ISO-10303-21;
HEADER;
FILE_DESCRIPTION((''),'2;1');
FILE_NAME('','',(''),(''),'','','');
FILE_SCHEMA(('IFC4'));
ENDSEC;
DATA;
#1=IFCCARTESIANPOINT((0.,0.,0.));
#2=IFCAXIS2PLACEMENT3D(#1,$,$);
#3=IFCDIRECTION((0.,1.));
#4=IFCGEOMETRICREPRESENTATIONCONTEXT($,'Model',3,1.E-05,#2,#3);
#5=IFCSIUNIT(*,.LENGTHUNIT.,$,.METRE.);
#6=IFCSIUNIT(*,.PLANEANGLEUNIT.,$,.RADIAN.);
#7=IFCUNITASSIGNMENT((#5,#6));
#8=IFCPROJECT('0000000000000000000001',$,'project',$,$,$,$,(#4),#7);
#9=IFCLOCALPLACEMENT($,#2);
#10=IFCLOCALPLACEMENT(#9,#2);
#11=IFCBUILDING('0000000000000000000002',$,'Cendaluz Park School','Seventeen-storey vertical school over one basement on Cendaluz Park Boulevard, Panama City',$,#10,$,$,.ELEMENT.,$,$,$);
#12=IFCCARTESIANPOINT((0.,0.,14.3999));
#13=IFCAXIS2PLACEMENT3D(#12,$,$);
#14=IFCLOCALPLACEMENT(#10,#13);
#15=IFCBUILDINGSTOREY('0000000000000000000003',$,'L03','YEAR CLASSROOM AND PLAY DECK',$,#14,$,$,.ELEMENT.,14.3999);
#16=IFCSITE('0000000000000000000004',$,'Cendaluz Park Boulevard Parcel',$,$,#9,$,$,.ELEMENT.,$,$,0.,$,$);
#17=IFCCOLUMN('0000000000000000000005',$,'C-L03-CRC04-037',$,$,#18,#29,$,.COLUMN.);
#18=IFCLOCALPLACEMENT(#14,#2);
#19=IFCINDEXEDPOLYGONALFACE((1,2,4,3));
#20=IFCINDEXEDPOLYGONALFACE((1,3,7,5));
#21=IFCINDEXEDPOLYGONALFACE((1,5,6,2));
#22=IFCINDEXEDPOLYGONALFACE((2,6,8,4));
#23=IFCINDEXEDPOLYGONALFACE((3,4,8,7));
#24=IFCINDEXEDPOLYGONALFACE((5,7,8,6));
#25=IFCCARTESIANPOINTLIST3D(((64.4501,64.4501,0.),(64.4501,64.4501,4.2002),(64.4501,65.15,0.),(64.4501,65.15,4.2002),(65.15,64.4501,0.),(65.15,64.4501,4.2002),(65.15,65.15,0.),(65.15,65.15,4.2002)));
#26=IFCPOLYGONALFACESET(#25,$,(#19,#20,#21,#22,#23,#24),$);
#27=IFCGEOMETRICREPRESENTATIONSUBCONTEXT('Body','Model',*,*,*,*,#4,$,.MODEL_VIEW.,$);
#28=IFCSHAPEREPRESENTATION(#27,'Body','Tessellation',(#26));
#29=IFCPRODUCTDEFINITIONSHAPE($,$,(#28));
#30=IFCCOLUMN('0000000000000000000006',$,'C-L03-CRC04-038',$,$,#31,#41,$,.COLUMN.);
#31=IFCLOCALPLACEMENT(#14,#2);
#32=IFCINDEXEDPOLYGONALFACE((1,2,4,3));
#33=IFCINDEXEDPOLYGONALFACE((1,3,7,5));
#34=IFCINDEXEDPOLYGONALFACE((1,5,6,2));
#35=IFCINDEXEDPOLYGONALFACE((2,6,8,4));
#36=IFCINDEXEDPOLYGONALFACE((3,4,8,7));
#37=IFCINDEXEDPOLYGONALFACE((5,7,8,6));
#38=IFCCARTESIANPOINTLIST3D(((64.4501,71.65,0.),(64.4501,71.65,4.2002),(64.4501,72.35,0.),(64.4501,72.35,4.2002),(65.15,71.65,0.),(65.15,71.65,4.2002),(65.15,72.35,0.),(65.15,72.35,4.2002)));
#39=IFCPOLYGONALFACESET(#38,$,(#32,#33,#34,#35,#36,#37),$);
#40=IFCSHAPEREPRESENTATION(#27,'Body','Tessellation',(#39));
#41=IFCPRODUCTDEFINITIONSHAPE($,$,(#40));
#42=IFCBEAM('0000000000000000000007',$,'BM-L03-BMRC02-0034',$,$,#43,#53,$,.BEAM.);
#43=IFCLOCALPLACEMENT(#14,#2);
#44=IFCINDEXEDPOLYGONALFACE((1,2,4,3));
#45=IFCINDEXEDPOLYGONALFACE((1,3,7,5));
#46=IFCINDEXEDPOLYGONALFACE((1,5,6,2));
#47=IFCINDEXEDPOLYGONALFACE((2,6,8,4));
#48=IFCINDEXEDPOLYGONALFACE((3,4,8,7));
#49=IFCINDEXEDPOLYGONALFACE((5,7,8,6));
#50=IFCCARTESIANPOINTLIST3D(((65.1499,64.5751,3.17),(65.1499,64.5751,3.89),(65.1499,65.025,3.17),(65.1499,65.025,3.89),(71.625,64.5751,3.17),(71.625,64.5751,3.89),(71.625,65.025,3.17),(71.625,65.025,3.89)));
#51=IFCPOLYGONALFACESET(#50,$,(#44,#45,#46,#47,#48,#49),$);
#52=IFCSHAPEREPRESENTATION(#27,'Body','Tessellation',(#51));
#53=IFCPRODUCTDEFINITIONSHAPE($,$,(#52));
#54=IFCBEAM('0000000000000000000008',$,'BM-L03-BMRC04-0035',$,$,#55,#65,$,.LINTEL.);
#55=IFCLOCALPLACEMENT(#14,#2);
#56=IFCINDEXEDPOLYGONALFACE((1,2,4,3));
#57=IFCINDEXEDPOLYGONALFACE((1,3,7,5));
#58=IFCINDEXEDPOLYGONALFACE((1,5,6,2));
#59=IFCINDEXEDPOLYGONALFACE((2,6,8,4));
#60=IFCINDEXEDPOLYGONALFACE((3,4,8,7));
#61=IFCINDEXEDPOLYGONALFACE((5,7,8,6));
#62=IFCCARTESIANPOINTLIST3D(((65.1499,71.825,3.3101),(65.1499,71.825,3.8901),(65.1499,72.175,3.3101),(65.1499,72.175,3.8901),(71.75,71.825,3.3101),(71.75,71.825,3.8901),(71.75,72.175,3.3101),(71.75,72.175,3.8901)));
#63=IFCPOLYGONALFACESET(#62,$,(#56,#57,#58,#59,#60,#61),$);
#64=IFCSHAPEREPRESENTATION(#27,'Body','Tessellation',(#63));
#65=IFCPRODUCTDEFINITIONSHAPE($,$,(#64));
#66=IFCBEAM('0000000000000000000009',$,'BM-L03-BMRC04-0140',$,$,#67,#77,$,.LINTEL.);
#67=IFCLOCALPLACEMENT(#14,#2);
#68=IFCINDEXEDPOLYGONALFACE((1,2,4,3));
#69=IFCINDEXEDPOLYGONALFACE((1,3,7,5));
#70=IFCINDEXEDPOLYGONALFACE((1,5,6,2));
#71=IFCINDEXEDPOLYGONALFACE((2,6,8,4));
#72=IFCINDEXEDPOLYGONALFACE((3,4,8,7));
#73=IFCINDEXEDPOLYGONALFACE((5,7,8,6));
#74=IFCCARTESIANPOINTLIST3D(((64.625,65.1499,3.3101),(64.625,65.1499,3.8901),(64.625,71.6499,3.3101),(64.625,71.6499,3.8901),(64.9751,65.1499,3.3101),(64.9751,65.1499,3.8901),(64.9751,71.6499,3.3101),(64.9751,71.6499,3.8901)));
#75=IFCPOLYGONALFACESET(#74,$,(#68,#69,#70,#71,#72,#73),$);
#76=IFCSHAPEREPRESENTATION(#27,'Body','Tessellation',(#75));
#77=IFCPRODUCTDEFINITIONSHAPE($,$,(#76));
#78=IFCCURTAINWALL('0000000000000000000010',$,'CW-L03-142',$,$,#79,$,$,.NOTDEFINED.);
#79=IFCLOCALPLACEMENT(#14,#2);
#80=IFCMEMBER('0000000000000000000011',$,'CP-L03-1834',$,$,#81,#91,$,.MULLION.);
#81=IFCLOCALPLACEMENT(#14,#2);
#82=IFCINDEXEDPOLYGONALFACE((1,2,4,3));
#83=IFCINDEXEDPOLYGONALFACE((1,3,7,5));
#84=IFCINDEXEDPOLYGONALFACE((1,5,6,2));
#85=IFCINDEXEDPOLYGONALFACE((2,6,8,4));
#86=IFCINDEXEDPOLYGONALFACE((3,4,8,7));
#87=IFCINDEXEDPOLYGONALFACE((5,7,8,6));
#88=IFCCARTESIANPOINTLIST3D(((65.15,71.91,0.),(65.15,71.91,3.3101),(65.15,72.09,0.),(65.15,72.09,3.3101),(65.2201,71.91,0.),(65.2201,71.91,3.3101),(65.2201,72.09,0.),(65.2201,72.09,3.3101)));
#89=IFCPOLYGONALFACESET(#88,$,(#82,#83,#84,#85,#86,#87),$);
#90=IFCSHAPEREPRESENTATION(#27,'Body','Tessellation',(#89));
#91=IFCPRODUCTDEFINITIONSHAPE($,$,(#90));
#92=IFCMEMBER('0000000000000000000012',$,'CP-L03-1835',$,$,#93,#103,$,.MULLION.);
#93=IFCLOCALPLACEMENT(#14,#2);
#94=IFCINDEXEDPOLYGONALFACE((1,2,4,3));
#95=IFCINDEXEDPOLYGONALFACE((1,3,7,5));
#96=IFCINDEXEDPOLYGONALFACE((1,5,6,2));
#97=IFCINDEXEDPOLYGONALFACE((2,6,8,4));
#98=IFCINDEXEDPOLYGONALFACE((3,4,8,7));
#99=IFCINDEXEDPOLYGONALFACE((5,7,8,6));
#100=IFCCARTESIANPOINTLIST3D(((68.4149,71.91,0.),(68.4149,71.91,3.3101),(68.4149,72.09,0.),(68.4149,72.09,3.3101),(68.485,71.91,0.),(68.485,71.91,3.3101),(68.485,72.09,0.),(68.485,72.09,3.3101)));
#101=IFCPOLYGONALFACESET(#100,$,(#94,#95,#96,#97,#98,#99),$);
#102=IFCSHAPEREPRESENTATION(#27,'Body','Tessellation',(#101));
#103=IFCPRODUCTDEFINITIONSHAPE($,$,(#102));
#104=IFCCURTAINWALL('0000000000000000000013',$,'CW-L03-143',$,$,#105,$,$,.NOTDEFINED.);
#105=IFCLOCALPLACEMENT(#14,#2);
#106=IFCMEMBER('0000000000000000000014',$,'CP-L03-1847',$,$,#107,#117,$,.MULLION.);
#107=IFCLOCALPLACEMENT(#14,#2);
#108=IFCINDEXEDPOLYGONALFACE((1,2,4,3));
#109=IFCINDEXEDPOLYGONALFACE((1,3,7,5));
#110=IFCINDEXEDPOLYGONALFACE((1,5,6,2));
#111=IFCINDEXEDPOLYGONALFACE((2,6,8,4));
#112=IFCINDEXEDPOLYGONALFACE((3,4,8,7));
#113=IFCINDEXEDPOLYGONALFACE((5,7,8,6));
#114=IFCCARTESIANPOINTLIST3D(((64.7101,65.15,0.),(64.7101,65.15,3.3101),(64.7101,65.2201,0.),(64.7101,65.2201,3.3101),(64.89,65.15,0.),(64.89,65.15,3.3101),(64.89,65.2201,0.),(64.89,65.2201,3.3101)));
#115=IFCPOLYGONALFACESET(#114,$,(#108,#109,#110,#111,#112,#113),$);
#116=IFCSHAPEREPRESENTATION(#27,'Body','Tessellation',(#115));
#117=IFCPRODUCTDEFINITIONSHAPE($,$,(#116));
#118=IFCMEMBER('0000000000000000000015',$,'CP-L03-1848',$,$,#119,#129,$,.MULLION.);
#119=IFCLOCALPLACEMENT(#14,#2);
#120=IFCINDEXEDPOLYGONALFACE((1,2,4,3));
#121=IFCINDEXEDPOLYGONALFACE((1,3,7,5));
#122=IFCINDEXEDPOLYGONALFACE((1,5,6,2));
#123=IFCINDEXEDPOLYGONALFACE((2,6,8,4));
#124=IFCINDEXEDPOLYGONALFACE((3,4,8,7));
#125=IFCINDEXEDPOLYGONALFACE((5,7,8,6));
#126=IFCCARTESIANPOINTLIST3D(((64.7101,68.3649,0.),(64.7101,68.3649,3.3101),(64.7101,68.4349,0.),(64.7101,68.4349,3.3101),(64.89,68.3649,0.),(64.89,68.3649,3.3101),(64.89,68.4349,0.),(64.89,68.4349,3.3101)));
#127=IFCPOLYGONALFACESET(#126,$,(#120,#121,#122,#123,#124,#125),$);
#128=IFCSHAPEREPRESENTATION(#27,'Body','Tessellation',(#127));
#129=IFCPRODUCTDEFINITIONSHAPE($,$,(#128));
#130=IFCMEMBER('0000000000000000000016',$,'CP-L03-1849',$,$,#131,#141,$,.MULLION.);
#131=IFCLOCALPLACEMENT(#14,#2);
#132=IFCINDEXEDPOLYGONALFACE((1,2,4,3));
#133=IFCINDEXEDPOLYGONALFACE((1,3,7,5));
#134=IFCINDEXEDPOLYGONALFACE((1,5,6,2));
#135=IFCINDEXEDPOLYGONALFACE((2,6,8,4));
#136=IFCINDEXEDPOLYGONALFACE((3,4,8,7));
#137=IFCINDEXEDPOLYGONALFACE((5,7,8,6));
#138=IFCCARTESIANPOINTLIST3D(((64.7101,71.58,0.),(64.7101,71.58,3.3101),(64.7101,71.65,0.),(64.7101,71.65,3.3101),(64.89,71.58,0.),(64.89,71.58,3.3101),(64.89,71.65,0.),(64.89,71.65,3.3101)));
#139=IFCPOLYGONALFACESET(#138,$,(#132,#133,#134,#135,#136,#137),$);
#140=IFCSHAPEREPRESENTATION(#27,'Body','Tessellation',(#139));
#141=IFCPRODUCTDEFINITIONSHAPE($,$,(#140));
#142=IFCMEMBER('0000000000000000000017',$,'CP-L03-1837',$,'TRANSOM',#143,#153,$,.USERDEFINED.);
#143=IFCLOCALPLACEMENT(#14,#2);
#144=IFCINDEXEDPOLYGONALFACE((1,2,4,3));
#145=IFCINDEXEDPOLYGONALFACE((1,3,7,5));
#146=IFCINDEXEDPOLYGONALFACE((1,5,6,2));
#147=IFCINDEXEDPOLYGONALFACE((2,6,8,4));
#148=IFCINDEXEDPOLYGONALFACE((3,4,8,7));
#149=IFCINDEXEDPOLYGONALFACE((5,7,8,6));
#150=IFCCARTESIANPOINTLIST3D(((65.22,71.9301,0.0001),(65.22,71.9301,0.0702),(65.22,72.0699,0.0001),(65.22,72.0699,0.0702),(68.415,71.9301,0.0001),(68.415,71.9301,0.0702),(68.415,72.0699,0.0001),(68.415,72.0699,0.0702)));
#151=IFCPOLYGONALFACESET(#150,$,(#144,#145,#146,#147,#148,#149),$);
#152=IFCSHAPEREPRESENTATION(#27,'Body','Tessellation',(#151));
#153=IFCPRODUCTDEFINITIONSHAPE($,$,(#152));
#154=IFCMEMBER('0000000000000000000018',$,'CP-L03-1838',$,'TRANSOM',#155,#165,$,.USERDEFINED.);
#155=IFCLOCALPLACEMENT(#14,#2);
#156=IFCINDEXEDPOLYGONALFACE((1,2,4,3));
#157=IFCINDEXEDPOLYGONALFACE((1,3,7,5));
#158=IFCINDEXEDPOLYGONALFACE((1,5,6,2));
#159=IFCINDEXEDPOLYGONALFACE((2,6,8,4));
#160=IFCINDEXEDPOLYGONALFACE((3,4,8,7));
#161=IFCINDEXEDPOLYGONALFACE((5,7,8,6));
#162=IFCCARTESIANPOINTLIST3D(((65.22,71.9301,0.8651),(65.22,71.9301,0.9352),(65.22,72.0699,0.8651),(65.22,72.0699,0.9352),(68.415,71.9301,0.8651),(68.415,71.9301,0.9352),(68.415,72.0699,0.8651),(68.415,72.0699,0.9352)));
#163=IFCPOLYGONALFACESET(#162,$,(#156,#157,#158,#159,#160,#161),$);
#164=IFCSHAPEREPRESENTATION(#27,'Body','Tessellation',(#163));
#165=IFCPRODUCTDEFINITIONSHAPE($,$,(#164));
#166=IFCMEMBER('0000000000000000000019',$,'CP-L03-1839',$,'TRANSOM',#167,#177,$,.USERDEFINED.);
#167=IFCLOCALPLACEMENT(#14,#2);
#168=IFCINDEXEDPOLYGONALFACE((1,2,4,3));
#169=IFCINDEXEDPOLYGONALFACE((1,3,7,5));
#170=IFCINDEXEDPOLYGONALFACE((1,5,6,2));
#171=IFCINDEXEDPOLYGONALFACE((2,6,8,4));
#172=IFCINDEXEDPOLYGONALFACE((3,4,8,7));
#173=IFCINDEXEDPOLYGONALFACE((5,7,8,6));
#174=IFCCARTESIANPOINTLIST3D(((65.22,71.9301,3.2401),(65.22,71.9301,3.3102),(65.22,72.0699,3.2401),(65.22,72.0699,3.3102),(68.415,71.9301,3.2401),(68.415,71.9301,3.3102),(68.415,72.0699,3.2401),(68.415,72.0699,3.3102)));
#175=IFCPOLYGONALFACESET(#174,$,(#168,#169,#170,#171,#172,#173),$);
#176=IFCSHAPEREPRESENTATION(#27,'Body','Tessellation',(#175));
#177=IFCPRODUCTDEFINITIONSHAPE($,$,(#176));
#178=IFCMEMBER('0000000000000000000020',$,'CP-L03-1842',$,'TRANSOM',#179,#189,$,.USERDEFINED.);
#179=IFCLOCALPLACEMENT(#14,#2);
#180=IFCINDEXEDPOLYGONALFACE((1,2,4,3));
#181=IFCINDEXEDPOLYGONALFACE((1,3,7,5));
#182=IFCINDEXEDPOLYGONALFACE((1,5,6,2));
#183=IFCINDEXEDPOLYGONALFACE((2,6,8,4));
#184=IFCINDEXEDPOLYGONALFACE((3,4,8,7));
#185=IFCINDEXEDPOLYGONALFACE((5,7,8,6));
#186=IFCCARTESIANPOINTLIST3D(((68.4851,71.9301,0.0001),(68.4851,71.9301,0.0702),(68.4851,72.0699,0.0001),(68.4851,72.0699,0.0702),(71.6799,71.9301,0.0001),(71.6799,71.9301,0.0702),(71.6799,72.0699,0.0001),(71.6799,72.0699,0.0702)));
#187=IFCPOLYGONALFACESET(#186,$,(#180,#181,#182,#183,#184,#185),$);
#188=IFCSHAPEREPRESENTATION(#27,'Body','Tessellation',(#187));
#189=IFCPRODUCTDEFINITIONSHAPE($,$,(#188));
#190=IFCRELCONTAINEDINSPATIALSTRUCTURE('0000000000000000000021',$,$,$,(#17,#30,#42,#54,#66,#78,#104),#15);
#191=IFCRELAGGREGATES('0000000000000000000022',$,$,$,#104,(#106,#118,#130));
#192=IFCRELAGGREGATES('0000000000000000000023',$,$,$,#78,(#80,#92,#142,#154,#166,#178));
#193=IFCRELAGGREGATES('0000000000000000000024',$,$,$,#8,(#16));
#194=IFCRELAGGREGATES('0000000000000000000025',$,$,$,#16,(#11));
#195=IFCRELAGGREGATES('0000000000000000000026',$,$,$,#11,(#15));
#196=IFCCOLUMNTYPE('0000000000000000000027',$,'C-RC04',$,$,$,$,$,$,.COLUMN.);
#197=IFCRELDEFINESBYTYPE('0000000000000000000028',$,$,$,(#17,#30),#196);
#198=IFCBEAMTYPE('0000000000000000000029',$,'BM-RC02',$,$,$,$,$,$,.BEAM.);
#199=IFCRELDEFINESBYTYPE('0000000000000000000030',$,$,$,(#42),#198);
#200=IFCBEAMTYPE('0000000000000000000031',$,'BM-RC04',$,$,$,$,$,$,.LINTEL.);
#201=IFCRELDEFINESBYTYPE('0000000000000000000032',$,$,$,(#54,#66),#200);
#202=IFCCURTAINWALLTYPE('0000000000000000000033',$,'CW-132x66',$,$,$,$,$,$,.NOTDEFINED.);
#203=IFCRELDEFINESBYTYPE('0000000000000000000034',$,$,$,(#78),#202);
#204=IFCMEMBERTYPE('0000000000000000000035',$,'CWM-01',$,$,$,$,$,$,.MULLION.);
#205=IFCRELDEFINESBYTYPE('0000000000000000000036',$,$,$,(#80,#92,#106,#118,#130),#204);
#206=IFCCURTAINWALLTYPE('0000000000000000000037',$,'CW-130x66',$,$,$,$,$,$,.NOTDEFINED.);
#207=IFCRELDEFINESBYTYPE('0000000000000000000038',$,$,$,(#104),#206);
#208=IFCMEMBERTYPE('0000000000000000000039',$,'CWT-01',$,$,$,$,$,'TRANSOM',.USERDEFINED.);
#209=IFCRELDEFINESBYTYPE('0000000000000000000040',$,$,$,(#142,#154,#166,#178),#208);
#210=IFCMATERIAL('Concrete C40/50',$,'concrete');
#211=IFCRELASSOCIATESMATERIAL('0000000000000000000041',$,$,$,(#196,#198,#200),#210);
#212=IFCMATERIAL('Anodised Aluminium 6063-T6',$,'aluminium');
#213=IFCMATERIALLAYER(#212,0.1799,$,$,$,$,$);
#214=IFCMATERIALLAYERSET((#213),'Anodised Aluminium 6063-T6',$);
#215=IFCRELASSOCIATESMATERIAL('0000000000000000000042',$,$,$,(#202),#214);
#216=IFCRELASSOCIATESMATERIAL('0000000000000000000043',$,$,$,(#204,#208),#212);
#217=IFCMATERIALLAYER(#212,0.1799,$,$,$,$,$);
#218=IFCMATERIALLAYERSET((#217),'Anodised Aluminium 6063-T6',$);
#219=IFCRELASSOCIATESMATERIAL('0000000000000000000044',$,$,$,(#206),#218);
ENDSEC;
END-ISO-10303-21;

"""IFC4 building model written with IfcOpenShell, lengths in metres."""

from ifc_helpers import new_model, si_unit, direction, frame, origin, origin_2d, place, context, subcontext, project, spatial, rectangle, extrude, material, layer, layer_set, material_profile, profile_set, type_object, element, aggregate, save


model = new_model("IFC4")

# Units and contexts
model_context = context("Model", 3, precision=1e-05, world=origin(), true_north=direction((0.0, 1.0)))
body_context = subcontext(model_context, "Body", "Model", "MODEL_VIEW")
ifc_project = project(units=[si_unit("LENGTHUNIT", "METRE"), si_unit("PLANEANGLEUNIT", "RADIAN")], contexts=[model_context])

# Site, building, storey
site_placement = place(None, origin())
site = spatial("IfcSite", under=ifc_project, at=site_placement, Name="Cendaluz Park Boulevard Parcel", CompositionType="ELEMENT", RefElevation=0.0)
building_placement = place(site_placement, origin())
building = spatial("IfcBuilding", under=site, at=building_placement, Name="Cendaluz Park School", Description="Seventeen-storey vertical school over one basement on Cendaluz Park Boulevard, Panama City", CompositionType="ELEMENT")
storey_placement = place(building_placement, frame((0.0, 0.0, 14.3999)))
storey = spatial("IfcBuildingStorey", under=building, at=storey_placement, Name="L03", Description="YEAR CLASSROOM AND PLAY DECK", CompositionType="ELEMENT", Elevation=14.3999)

# Columns
ifc_material_1 = material(Name="Concrete C40/50", Category="concrete")
ifc_material_profile_1 = material_profile(ifc_material_1, rectangle(XDim=0.7, YDim=0.7, at=origin_2d()), Name="RC 700x700", Category="concrete")
ifc_profile_set_1 = profile_set([ifc_material_profile_1], Name="Concrete C40/50")
column_type = type_object("IfcColumnType", Name="C-RC04", PredefinedType="COLUMN", material=ifc_profile_set_1)
for number, where, z_axis, x_axis, name in (
    (1, (64.8, 64.8, 0.0), (0.0, 0.0, 1.0), (1.0, 0.0, 0.0), "C-L03-CRC04-037"),
    (2, (64.8, 72.0, 0.0), (0.0, 0.0, 1.0), (1.0, 0.0, 0.0), "C-L03-CRC04-038"),
):
    element("IfcColumn", number, at=place(storey_placement, frame(where, z_axis=z_axis, x_axis=x_axis)), inside=storey, type_object=column_type, Name=name, PredefinedType="COLUMN", context=body_context, shape_type="SweptSolid", body=[
        extrude(rectangle(XDim=0.7, YDim=0.7, at=origin_2d()), origin(), (0.0, 0.0, 1.0), 4.2002),
    ])

# Beams
ifc_material_profile_2 = material_profile(ifc_material_1, rectangle(XDim=0.45, YDim=0.72, at=origin_2d()), Name="RC 450x720", Category="concrete")
ifc_profile_set_2 = profile_set([ifc_material_profile_2], Name="Concrete C40/50")
beam_type_1 = type_object("IfcBeamType", Name="BM-RC02", PredefinedType="BEAM", material=ifc_profile_set_2)
beam_1_placement = place(storey_placement, frame((65.1499, 64.8, 3.53), z_axis=(1.0, 0.0, 0.0), x_axis=(0.0, 1.0, 0.0)))
element("IfcBeam", 3, at=beam_1_placement, inside=storey, type_object=beam_type_1, Name="BM-L03-BMRC02-0034", PredefinedType="BEAM", context=body_context, shape_type="SweptSolid", body=[
    extrude(rectangle(XDim=0.45, YDim=0.72, at=origin_2d()), origin(), (0.0, 0.0, 1.0), 6.4751),
])
ifc_material_profile_3 = material_profile(ifc_material_1, rectangle(XDim=0.3501, YDim=0.5801, at=origin_2d()), Name="RC 350x580", Category="concrete")
ifc_profile_set_3 = profile_set([ifc_material_profile_3], Name="Concrete C40/50")
beam_type_2 = type_object("IfcBeamType", Name="BM-RC04", PredefinedType="LINTEL", material=ifc_profile_set_3)
beam_2_placement = place(storey_placement, frame((65.1499, 72.0, 3.6001), z_axis=(1.0, 0.0, 0.0), x_axis=(0.0, 1.0, 0.0)))
element("IfcBeam", 4, at=beam_2_placement, inside=storey, type_object=beam_type_2, Name="BM-L03-BMRC04-0035", PredefinedType="LINTEL", context=body_context, shape_type="SweptSolid", body=[
    extrude(rectangle(XDim=0.3501, YDim=0.5801, at=origin_2d()), origin(), (0.0, 0.0, 1.0), 6.6001),
])
beam_3_placement = place(storey_placement, frame((64.8, 65.1499, 3.6001), z_axis=(0.0, 1.0, 0.0), x_axis=(-1.0, 0.0, 0.0)))
element("IfcBeam", 5, at=beam_3_placement, inside=storey, type_object=beam_type_2, Name="BM-L03-BMRC04-0140", PredefinedType="LINTEL", context=body_context, shape_type="SweptSolid", body=[
    extrude(rectangle(XDim=0.3501, YDim=0.5801, at=origin_2d()), origin(), (0.0, 0.0, 1.0), 6.5),
])

# Curtain walls, members
ifc_material_2 = material(Name="Anodised Aluminium 6063-T6", Category="aluminium")
ifc_layer_1 = layer(ifc_material_2, 0.1799)
ifc_layer_set_1 = layer_set([ifc_layer_1], Name="Anodised Aluminium 6063-T6")
curtain_wall_type_1 = type_object("IfcCurtainWallType", Name="CW-132x66", PredefinedType="NOTDEFINED", material=ifc_layer_set_1)
curtain_wall_1_placement = place(storey_placement, origin())
curtain_wall_1 = element("IfcCurtainWall", 6, at=curtain_wall_1_placement, inside=storey, type_object=curtain_wall_type_1, Name="CW-L03-142", PredefinedType="NOTDEFINED")
ifc_material_profile_4 = material_profile(ifc_material_2, rectangle(XDim=0.1799, YDim=0.0701, at=origin_2d()), Name="CWM 180x70", Category="aluminium")
ifc_profile_set_4 = profile_set([ifc_material_profile_4], Name="Anodised Aluminium 6063-T6")
member_type_1 = type_object("IfcMemberType", Name="CWM-01", PredefinedType="MULLION", material=ifc_profile_set_4)
member_1_placement = place(storey_placement, frame((65.1851, 72.0, 0.0), z_axis=(0.0, 0.0, 1.0), x_axis=(0.0, 1.0, 0.0)))
member_1 = element("IfcMember", 7, at=member_1_placement, type_object=member_type_1, Name="CP-L03-1834", PredefinedType="MULLION", context=body_context, shape_type="SweptSolid", body=[
    extrude(rectangle(XDim=0.1799, YDim=0.0701, at=origin_2d()), origin(), (0.0, 0.0, 1.0), 3.3101),
])
member_2_placement = place(storey_placement, frame((68.45, 72.0, 0.0), z_axis=(0.0, 0.0, 1.0), x_axis=(0.0, 1.0, 0.0)))
member_2 = element("IfcMember", 8, at=member_2_placement, type_object=member_type_1, Name="CP-L03-1835", PredefinedType="MULLION", context=body_context, shape_type="SweptSolid", body=[
    extrude(rectangle(XDim=0.1799, YDim=0.0701, at=origin_2d()), origin(), (0.0, 0.0, 1.0), 3.3101),
])
ifc_layer_2 = layer(ifc_material_2, 0.1799)
ifc_layer_set_2 = layer_set([ifc_layer_2], Name="Anodised Aluminium 6063-T6")
curtain_wall_type_2 = type_object("IfcCurtainWallType", Name="CW-130x66", PredefinedType="NOTDEFINED", material=ifc_layer_set_2)
curtain_wall_2_placement = place(storey_placement, origin())
curtain_wall_2 = element("IfcCurtainWall", 9, at=curtain_wall_2_placement, inside=storey, type_object=curtain_wall_type_2, Name="CW-L03-143", PredefinedType="NOTDEFINED")
member_3_placement = place(storey_placement, frame((64.8, 65.1851, 0.0), z_axis=(0.0, 0.0, 1.0), x_axis=(-1.0, 0.0, 0.0)))
member_3 = element("IfcMember", 10, at=member_3_placement, type_object=member_type_1, Name="CP-L03-1847", PredefinedType="MULLION", context=body_context, shape_type="SweptSolid", body=[
    extrude(rectangle(XDim=0.1799, YDim=0.0701, at=origin_2d()), origin(), (0.0, 0.0, 1.0), 3.3101),
])
member_4_placement = place(storey_placement, frame((64.8, 68.3999, 0.0), z_axis=(0.0, 0.0, 1.0), x_axis=(-1.0, 0.0, 0.0)))
member_4 = element("IfcMember", 11, at=member_4_placement, type_object=member_type_1, Name="CP-L03-1848", PredefinedType="MULLION", context=body_context, shape_type="SweptSolid", body=[
    extrude(rectangle(XDim=0.1799, YDim=0.0701, at=origin_2d()), origin(), (0.0, 0.0, 1.0), 3.3101),
])
member_5_placement = place(storey_placement, frame((64.8, 71.615, 0.0), z_axis=(0.0, 0.0, 1.0), x_axis=(-1.0, 0.0, 0.0)))
member_5 = element("IfcMember", 12, at=member_5_placement, type_object=member_type_1, Name="CP-L03-1849", PredefinedType="MULLION", context=body_context, shape_type="SweptSolid", body=[
    extrude(rectangle(XDim=0.1799, YDim=0.0701, at=origin_2d()), origin(), (0.0, 0.0, 1.0), 3.3101),
])

# Members
ifc_material_profile_5 = material_profile(ifc_material_2, rectangle(XDim=0.1399, YDim=0.0701, at=origin_2d()), Name="CWT 140x70", Category="aluminium")
ifc_profile_set_5 = profile_set([ifc_material_profile_5], Name="Anodised Aluminium 6063-T6")
member_type_2 = type_object("IfcMemberType", Name="CWT-01", ElementType="TRANSOM", PredefinedType="USERDEFINED", material=ifc_profile_set_5)
member_6_placement = place(storey_placement, frame((65.22, 72.0, 0.0352), z_axis=(1.0, 0.0, 0.0), x_axis=(0.0, 1.0, 0.0)))
member_6 = element("IfcMember", 13, at=member_6_placement, type_object=member_type_2, Name="CP-L03-1837", ObjectType="TRANSOM", PredefinedType="USERDEFINED", context=body_context, shape_type="SweptSolid", body=[
    extrude(rectangle(XDim=0.1399, YDim=0.0701, at=origin_2d()), origin(), (0.0, 0.0, 1.0), 3.1951),
])
member_7_placement = place(storey_placement, frame((65.22, 72.0, 0.9001), z_axis=(1.0, 0.0, 0.0), x_axis=(0.0, 1.0, 0.0)))
member_7 = element("IfcMember", 14, at=member_7_placement, type_object=member_type_2, Name="CP-L03-1838", ObjectType="TRANSOM", PredefinedType="USERDEFINED", context=body_context, shape_type="SweptSolid", body=[
    extrude(rectangle(XDim=0.1399, YDim=0.0701, at=origin_2d()), origin(), (0.0, 0.0, 1.0), 3.1951),
])
member_8_placement = place(storey_placement, frame((65.22, 72.0, 3.2751), z_axis=(1.0, 0.0, 0.0), x_axis=(0.0, 1.0, 0.0)))
member_8 = element("IfcMember", 15, at=member_8_placement, type_object=member_type_2, Name="CP-L03-1839", ObjectType="TRANSOM", PredefinedType="USERDEFINED", context=body_context, shape_type="SweptSolid", body=[
    extrude(rectangle(XDim=0.1399, YDim=0.0701, at=origin_2d()), origin(), (0.0, 0.0, 1.0), 3.1951),
])
member_9_placement = place(storey_placement, frame((68.4851, 72.0, 0.0352), z_axis=(1.0, 0.0, 0.0), x_axis=(0.0, 1.0, 0.0)))
member_9 = element("IfcMember", 16, at=member_9_placement, type_object=member_type_2, Name="CP-L03-1842", ObjectType="TRANSOM", PredefinedType="USERDEFINED", context=body_context, shape_type="SweptSolid", body=[
    extrude(rectangle(XDim=0.1399, YDim=0.0701, at=origin_2d()), origin(), (0.0, 0.0, 1.0), 3.1948),
])

aggregate(curtain_wall_2, [member_3, member_4, member_5])
aggregate(curtain_wall_1, [member_1, member_2, member_6, member_7, member_8, member_9])

save(model, "model.ifc")
